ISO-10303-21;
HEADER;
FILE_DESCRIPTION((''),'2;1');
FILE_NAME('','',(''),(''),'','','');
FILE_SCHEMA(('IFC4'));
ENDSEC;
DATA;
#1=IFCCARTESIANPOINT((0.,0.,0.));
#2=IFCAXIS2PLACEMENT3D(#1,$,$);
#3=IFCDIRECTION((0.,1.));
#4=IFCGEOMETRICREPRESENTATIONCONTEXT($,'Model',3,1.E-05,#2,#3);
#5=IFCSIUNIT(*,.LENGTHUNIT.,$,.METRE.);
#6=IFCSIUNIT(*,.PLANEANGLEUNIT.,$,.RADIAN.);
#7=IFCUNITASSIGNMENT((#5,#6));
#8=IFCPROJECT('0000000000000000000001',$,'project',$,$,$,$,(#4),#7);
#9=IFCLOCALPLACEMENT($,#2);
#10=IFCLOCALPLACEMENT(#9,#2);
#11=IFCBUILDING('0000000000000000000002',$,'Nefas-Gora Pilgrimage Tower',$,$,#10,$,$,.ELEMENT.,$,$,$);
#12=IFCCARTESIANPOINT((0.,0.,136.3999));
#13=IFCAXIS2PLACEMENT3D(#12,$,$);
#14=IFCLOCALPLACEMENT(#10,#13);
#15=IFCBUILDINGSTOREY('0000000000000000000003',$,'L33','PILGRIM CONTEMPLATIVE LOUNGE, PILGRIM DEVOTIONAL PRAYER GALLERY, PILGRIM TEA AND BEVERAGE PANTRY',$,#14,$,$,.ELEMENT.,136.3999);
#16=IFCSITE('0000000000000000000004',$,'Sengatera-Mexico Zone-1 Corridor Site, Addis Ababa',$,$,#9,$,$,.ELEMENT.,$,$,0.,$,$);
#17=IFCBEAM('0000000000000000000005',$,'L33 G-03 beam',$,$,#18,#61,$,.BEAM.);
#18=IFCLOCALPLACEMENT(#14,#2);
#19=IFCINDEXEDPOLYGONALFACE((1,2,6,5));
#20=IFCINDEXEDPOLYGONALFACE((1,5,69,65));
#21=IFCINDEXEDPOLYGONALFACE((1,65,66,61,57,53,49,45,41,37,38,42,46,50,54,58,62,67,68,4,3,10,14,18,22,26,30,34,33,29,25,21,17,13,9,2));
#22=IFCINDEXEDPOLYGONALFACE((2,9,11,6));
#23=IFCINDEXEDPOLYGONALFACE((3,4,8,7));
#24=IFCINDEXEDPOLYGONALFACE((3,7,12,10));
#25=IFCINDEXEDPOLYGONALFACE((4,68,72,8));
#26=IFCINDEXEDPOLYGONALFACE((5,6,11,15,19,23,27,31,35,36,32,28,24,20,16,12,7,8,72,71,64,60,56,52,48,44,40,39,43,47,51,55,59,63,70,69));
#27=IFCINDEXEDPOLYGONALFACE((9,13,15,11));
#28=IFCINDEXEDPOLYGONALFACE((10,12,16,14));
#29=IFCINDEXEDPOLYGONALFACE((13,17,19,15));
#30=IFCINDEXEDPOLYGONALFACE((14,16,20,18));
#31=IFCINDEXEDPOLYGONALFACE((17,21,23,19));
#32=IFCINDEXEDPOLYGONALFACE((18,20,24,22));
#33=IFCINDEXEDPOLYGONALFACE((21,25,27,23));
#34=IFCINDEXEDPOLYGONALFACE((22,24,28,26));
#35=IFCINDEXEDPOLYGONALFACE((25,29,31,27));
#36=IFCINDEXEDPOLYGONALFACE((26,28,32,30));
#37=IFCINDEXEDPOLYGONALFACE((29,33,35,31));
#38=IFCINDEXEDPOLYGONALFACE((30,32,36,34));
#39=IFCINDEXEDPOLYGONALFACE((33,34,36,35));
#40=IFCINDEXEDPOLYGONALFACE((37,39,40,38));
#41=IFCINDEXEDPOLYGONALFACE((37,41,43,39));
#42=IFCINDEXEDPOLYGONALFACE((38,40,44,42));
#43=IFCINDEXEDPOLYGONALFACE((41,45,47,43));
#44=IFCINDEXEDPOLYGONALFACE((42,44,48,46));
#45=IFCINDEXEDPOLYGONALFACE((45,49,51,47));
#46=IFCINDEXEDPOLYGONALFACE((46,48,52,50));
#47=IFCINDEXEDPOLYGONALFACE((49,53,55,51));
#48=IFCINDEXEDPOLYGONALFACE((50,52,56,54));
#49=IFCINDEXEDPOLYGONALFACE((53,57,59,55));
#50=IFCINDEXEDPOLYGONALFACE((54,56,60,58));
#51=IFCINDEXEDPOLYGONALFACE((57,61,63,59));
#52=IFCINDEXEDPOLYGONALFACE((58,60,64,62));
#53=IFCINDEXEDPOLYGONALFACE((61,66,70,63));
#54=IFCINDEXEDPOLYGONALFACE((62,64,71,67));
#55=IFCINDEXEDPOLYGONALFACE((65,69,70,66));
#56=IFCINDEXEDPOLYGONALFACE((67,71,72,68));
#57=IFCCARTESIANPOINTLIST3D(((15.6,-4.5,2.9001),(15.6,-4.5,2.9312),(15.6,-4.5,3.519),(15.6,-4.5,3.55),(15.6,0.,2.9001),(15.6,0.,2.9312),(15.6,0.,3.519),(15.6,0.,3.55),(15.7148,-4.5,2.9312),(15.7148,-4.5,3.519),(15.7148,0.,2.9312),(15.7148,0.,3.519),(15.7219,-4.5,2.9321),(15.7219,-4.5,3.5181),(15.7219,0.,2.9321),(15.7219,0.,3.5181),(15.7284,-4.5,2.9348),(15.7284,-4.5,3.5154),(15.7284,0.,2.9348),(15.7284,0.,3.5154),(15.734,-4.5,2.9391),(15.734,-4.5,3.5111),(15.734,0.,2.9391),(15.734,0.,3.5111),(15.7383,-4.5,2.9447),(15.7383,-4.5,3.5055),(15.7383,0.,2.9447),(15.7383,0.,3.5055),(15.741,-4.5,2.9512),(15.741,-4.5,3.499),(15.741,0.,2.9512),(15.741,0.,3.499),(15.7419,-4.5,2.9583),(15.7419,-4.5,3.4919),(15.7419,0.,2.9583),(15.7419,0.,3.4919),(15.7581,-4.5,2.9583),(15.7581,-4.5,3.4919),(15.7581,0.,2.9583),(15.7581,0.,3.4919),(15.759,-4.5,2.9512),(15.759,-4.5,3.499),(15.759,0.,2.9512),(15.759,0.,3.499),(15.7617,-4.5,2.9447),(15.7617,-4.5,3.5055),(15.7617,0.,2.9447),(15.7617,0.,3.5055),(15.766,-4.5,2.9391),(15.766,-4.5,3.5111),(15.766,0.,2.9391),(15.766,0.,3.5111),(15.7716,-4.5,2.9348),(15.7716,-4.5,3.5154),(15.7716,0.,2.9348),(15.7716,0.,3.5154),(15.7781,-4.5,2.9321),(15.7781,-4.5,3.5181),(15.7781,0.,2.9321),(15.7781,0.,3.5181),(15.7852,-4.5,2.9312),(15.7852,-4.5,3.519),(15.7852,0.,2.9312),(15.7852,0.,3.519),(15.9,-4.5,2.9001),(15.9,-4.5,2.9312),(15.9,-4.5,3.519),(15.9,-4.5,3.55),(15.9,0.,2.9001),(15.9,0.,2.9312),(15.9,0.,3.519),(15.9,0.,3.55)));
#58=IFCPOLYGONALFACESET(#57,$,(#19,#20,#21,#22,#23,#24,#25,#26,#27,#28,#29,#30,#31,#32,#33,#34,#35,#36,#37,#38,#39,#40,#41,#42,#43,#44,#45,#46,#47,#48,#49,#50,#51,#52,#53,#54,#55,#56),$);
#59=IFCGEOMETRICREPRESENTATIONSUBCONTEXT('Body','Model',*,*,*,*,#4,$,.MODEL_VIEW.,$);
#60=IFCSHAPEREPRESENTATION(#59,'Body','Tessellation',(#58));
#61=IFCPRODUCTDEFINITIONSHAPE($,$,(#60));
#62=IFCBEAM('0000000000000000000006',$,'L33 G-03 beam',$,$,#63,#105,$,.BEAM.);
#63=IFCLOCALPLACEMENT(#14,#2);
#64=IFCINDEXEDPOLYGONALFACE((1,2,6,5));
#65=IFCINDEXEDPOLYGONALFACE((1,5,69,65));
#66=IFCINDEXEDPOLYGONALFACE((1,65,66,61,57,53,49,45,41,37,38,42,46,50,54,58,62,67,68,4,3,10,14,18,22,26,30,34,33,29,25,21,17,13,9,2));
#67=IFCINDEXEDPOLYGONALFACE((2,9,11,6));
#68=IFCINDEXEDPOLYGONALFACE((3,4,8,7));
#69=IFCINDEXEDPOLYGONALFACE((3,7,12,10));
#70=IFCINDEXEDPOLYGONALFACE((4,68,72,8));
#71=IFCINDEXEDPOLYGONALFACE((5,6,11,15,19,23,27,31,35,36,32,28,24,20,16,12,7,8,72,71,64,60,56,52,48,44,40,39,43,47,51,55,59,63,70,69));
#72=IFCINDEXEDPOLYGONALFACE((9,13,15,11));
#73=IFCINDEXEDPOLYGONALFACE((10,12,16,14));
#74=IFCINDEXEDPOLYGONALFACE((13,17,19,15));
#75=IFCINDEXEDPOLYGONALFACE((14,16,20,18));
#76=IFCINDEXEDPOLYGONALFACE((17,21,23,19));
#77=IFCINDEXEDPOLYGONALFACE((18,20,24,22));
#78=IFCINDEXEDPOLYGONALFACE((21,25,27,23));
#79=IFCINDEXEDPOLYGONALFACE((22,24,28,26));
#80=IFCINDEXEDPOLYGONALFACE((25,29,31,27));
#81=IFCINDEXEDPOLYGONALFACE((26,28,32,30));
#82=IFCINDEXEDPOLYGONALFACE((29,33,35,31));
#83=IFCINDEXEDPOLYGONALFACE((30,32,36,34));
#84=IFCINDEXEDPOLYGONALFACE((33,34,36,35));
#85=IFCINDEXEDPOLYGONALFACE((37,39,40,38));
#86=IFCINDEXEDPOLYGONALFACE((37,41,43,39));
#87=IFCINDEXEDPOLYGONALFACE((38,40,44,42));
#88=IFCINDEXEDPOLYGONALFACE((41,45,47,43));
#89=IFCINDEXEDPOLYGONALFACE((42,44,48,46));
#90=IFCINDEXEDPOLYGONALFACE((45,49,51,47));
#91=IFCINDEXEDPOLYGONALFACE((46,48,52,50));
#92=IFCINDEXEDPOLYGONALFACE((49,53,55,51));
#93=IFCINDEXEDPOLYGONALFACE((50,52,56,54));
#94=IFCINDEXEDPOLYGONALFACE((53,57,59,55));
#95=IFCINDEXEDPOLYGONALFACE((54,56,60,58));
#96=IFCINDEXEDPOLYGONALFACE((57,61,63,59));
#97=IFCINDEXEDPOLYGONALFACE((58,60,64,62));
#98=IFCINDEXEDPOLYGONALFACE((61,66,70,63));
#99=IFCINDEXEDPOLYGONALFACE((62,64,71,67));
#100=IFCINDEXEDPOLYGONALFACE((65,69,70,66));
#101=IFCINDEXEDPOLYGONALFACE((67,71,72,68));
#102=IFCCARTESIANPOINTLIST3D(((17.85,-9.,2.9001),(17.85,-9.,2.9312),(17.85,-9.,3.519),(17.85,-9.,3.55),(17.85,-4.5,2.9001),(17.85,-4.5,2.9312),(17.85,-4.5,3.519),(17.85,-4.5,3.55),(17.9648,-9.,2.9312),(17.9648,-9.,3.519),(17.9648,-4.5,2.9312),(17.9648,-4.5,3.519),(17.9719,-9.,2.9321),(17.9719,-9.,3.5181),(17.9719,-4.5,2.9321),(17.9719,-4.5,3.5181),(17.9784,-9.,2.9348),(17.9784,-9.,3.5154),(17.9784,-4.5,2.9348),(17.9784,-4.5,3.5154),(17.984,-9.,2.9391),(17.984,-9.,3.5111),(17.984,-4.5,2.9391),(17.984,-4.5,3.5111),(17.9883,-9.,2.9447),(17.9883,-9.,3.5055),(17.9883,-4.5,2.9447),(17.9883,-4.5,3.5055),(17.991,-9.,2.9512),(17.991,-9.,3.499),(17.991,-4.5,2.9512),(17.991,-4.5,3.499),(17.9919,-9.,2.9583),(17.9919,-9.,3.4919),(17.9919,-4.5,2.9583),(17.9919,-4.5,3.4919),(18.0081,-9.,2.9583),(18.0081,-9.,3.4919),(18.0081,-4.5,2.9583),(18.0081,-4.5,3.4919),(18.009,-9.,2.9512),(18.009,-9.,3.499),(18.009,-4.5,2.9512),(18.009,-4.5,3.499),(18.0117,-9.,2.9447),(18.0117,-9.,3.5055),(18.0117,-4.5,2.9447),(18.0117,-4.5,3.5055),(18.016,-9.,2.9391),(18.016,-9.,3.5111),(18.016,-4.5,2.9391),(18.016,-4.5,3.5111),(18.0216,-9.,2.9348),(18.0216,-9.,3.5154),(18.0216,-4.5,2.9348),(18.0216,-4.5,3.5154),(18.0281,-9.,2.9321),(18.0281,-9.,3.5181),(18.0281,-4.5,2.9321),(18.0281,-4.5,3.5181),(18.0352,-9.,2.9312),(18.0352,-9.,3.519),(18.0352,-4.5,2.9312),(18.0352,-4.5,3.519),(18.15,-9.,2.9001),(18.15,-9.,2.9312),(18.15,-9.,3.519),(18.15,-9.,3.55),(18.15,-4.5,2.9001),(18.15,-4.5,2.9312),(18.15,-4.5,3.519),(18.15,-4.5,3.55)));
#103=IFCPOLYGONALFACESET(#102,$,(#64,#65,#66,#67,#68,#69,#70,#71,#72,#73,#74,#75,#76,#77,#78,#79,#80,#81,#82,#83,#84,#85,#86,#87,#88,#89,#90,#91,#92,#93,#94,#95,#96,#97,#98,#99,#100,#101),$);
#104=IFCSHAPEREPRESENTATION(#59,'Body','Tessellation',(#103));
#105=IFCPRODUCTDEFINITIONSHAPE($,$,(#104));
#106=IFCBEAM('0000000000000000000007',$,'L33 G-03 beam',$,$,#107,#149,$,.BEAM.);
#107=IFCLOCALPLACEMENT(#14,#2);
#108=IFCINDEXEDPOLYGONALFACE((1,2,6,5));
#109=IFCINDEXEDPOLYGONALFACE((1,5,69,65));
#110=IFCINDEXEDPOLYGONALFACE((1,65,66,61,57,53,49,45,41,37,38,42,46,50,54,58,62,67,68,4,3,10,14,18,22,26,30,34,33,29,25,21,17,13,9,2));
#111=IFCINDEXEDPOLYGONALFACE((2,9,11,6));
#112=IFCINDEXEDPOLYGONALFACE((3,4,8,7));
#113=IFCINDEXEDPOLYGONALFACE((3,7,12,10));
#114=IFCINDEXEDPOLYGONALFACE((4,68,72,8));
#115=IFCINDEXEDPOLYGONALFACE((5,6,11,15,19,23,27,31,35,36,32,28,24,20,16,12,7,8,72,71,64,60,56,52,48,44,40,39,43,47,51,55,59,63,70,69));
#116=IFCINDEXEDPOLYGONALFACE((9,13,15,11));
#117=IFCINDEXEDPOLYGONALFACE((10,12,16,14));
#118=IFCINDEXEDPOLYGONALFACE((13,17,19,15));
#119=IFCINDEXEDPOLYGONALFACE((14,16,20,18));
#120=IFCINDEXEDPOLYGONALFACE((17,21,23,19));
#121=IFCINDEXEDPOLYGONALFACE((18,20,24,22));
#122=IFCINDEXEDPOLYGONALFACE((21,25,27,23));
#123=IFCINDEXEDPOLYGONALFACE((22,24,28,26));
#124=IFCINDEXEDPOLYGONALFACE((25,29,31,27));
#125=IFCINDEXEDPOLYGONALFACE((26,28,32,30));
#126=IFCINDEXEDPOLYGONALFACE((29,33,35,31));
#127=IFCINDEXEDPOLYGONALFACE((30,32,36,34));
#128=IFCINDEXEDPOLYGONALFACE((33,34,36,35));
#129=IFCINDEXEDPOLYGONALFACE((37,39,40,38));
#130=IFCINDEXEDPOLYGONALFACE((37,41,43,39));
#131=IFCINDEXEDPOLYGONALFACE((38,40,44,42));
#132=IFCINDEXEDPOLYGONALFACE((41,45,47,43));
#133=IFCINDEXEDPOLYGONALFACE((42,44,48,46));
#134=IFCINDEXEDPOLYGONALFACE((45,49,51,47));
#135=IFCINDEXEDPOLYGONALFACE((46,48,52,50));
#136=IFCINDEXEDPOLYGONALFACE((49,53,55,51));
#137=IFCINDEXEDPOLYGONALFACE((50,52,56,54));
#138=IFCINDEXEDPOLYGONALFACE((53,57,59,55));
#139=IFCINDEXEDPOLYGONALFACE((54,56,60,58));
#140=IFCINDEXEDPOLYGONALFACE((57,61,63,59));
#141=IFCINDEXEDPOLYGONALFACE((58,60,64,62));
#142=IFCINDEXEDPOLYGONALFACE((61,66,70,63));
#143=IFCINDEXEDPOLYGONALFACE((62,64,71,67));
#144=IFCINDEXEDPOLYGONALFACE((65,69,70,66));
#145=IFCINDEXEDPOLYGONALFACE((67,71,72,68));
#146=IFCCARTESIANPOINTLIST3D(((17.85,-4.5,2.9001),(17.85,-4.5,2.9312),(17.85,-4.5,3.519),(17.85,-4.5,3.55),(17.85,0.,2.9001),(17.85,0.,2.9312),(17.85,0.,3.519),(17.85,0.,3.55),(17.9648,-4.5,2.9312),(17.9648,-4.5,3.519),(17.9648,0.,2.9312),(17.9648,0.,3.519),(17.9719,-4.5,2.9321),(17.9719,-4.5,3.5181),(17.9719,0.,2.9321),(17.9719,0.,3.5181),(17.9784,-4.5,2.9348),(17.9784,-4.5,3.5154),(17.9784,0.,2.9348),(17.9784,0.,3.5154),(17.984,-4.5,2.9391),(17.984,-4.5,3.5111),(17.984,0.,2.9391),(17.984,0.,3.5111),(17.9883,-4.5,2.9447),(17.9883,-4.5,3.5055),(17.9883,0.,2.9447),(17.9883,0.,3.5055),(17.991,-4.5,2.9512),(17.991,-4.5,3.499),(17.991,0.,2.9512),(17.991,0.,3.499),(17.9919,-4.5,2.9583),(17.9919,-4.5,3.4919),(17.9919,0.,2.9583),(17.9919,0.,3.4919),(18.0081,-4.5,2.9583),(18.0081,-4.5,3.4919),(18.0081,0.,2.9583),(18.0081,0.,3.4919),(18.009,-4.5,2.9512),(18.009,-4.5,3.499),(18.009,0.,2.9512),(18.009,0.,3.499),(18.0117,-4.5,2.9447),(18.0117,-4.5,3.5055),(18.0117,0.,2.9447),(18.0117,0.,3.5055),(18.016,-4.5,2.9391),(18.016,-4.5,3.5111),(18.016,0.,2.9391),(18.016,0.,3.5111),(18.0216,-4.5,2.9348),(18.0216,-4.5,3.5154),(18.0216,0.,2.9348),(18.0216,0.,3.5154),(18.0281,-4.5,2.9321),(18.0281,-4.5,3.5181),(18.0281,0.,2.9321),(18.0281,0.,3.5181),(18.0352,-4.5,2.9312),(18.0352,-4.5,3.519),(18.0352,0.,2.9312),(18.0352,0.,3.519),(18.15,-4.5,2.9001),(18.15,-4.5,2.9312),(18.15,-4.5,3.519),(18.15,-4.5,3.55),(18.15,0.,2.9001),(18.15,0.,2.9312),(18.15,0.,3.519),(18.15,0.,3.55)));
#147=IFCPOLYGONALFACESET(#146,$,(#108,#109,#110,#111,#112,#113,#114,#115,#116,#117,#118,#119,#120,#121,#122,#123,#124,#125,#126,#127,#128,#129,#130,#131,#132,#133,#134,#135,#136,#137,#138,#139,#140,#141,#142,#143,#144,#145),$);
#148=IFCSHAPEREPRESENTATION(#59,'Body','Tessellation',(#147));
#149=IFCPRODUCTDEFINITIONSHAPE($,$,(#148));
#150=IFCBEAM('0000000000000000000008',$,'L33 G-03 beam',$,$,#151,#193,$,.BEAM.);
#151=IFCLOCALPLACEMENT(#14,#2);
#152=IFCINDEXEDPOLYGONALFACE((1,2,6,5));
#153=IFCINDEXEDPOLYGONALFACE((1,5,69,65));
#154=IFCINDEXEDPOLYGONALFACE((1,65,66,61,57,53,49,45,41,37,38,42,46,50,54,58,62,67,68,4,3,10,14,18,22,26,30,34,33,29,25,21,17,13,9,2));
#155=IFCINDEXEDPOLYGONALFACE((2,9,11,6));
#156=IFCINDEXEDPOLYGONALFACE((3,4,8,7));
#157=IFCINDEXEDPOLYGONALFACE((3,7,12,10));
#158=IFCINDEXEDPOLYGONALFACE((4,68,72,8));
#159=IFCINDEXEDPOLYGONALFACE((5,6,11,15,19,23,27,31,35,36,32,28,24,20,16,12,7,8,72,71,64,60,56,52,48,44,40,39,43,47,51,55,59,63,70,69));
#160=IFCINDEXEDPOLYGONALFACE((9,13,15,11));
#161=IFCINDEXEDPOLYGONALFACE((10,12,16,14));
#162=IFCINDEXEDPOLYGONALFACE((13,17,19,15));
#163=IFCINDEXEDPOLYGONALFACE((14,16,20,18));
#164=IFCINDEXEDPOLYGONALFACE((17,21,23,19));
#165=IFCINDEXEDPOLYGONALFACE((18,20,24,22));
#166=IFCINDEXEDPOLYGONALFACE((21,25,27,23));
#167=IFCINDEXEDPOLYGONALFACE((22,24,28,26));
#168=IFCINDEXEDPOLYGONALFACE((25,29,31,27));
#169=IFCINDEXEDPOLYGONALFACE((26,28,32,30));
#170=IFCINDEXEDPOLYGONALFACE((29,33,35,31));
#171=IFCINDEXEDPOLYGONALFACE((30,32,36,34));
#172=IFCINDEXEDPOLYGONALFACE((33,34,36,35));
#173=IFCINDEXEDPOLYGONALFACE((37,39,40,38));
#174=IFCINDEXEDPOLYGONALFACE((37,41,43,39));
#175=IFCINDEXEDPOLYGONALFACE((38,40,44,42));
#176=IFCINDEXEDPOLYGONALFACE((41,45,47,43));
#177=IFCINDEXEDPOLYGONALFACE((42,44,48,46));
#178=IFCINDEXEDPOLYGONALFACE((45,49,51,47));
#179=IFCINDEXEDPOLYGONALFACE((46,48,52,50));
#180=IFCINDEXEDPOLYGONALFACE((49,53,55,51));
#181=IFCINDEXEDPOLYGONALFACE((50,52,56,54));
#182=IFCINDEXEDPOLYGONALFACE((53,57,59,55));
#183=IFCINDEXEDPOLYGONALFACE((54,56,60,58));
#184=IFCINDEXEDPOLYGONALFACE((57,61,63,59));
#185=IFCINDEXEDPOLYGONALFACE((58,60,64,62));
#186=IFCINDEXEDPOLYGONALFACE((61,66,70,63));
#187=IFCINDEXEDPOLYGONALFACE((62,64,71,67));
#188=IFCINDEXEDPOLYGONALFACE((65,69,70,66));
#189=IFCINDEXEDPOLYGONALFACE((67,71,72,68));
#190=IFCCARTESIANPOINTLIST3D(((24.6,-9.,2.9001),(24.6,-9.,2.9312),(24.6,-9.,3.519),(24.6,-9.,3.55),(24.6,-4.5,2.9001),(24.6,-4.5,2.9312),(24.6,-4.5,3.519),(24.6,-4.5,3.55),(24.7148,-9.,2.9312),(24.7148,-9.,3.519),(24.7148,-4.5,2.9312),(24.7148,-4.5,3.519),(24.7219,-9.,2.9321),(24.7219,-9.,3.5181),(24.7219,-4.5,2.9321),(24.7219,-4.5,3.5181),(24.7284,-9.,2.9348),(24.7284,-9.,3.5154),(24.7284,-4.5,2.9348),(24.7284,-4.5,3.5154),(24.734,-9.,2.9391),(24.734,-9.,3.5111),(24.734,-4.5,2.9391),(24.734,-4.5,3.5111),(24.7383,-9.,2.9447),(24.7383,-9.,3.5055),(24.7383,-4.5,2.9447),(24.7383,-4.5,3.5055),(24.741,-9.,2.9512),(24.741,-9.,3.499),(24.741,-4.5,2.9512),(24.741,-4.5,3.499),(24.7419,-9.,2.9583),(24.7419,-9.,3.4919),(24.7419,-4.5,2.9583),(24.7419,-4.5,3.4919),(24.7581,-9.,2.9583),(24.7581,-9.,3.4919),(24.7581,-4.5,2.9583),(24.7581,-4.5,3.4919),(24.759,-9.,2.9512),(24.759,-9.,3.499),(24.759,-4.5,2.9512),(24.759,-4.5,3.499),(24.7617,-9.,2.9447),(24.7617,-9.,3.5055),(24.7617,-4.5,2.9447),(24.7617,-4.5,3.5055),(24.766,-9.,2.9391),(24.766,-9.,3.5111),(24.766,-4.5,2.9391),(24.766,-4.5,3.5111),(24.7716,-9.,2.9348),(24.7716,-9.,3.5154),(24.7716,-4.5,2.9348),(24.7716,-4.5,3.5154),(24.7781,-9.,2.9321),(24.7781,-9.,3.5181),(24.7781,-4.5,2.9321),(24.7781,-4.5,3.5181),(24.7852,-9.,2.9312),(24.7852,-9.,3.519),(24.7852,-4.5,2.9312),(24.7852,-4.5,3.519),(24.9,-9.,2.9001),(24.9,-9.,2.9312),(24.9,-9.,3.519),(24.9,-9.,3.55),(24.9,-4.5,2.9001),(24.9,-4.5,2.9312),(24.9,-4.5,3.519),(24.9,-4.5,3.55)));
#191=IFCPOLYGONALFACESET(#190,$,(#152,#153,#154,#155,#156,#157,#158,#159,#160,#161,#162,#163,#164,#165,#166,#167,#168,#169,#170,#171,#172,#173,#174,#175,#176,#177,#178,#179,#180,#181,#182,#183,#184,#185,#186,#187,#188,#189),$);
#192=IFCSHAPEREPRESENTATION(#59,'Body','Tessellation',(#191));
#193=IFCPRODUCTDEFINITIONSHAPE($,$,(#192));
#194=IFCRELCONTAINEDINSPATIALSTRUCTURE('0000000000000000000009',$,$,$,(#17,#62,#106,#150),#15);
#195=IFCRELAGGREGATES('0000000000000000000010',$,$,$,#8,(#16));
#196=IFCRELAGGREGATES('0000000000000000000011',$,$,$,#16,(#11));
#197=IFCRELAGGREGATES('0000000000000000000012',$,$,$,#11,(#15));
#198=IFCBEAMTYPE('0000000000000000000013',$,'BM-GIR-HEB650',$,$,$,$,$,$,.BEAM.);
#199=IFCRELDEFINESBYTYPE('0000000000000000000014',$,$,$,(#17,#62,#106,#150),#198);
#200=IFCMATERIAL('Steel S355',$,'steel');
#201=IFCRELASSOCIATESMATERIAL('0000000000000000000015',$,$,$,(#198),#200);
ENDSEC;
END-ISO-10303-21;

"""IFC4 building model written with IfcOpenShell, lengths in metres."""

from ifc_helpers import new_model, si_unit, direction, frame, origin, origin_2d, place, context, subcontext, project, spatial, i_section, extrude, source, transform, mapped, material, material_profile, profile_set, type_object, element, save


model = new_model("IFC4")

# Units and contexts
model_context = context("Model", 3, precision=1e-05, world=origin(), true_north=direction((0.0, 1.0)))
body_context = subcontext(model_context, "Body", "Model", "MODEL_VIEW")
ifc_project = project(units=[si_unit("LENGTHUNIT", "METRE"), si_unit("PLANEANGLEUNIT", "RADIAN")], contexts=[model_context])

# Site, building, storey
site_placement = place(None, origin())
site = spatial("IfcSite", under=ifc_project, at=site_placement, Name="Sengatera-Mexico Zone-1 Corridor Site, Addis Ababa", CompositionType="ELEMENT", RefElevation=0.0)
building_placement = place(site_placement, origin())
building = spatial("IfcBuilding", under=site, at=building_placement, Name="Nefas-Gora Pilgrimage Tower", CompositionType="ELEMENT")
storey_placement = place(building_placement, frame((0.0, 0.0, 136.3999)))
storey = spatial("IfcBuildingStorey", under=building, at=storey_placement, Name="L33", Description="PILGRIM CONTEMPLATIVE LOUNGE, PILGRIM DEVOTIONAL PRAYER GALLERY, PILGRIM TEA AND BEVERAGE PANTRY", CompositionType="ELEMENT", Elevation=136.3999)

# Beams
ifc_material_1 = material(Name="Steel S355", Category="steel")
ifc_material_profile_1 = material_profile(ifc_material_1, i_section(OverallWidth=0.3, OverallDepth=0.6499, WebThickness=0.0161, FlangeThickness=0.031, FilletRadius=0.0271, at=origin_2d()), Name="HEB 650")
ifc_profile_set_1 = profile_set([ifc_material_profile_1], Name="Steel S355")
beam_type_1 = type_object("IfcBeamType", Name="BM-GIR-HEB650", PredefinedType="BEAM", material=ifc_profile_set_1)
shared_shape_1 = source(origin(), body_context, "Body", "SweptSolid", [
    extrude(i_section(OverallWidth=0.3, OverallDepth=0.6499, WebThickness=0.0161, FlangeThickness=0.031, FilletRadius=0.0271, at=origin_2d()), origin(), (0.0, 0.0, 1.0), 4.5),
])
for number, where, z_axis, x_axis, name in (
    (1, (15.75, -4.5, 3.2251), (0.0, 1.0, 0.0), (-1.0, 0.0, 0.0), "L33 G-03 beam"),
    (2, (18.0, -9.0, 3.2251), (0.0, 1.0, 0.0), (-1.0, 0.0, 0.0), "L33 G-03 beam"),
    (3, (18.0, -4.5, 3.2251), (0.0, 1.0, 0.0), (-1.0, 0.0, 0.0), "L33 G-03 beam"),
    (4, (24.75, -9.0, 3.2251), (0.0, 1.0, 0.0), (-1.0, 0.0, 0.0), "L33 G-03 beam"),
):
    element("IfcBeam", number, at=place(storey_placement, frame(where, z_axis=z_axis, x_axis=x_axis)), inside=storey, type_object=beam_type_1, Name=name, PredefinedType="BEAM", context=body_context, shape_type="MappedRepresentation", body=[
        mapped(shared_shape_1, transform((0.0, 0.0, 0.0), x_axis=(1.0, 0.0, 0.0), y_axis=(0.0, 1.0, 0.0), z_axis=(0.0, 0.0, 1.0), scale=1.0)),
    ])

save(model, "model.ifc")
